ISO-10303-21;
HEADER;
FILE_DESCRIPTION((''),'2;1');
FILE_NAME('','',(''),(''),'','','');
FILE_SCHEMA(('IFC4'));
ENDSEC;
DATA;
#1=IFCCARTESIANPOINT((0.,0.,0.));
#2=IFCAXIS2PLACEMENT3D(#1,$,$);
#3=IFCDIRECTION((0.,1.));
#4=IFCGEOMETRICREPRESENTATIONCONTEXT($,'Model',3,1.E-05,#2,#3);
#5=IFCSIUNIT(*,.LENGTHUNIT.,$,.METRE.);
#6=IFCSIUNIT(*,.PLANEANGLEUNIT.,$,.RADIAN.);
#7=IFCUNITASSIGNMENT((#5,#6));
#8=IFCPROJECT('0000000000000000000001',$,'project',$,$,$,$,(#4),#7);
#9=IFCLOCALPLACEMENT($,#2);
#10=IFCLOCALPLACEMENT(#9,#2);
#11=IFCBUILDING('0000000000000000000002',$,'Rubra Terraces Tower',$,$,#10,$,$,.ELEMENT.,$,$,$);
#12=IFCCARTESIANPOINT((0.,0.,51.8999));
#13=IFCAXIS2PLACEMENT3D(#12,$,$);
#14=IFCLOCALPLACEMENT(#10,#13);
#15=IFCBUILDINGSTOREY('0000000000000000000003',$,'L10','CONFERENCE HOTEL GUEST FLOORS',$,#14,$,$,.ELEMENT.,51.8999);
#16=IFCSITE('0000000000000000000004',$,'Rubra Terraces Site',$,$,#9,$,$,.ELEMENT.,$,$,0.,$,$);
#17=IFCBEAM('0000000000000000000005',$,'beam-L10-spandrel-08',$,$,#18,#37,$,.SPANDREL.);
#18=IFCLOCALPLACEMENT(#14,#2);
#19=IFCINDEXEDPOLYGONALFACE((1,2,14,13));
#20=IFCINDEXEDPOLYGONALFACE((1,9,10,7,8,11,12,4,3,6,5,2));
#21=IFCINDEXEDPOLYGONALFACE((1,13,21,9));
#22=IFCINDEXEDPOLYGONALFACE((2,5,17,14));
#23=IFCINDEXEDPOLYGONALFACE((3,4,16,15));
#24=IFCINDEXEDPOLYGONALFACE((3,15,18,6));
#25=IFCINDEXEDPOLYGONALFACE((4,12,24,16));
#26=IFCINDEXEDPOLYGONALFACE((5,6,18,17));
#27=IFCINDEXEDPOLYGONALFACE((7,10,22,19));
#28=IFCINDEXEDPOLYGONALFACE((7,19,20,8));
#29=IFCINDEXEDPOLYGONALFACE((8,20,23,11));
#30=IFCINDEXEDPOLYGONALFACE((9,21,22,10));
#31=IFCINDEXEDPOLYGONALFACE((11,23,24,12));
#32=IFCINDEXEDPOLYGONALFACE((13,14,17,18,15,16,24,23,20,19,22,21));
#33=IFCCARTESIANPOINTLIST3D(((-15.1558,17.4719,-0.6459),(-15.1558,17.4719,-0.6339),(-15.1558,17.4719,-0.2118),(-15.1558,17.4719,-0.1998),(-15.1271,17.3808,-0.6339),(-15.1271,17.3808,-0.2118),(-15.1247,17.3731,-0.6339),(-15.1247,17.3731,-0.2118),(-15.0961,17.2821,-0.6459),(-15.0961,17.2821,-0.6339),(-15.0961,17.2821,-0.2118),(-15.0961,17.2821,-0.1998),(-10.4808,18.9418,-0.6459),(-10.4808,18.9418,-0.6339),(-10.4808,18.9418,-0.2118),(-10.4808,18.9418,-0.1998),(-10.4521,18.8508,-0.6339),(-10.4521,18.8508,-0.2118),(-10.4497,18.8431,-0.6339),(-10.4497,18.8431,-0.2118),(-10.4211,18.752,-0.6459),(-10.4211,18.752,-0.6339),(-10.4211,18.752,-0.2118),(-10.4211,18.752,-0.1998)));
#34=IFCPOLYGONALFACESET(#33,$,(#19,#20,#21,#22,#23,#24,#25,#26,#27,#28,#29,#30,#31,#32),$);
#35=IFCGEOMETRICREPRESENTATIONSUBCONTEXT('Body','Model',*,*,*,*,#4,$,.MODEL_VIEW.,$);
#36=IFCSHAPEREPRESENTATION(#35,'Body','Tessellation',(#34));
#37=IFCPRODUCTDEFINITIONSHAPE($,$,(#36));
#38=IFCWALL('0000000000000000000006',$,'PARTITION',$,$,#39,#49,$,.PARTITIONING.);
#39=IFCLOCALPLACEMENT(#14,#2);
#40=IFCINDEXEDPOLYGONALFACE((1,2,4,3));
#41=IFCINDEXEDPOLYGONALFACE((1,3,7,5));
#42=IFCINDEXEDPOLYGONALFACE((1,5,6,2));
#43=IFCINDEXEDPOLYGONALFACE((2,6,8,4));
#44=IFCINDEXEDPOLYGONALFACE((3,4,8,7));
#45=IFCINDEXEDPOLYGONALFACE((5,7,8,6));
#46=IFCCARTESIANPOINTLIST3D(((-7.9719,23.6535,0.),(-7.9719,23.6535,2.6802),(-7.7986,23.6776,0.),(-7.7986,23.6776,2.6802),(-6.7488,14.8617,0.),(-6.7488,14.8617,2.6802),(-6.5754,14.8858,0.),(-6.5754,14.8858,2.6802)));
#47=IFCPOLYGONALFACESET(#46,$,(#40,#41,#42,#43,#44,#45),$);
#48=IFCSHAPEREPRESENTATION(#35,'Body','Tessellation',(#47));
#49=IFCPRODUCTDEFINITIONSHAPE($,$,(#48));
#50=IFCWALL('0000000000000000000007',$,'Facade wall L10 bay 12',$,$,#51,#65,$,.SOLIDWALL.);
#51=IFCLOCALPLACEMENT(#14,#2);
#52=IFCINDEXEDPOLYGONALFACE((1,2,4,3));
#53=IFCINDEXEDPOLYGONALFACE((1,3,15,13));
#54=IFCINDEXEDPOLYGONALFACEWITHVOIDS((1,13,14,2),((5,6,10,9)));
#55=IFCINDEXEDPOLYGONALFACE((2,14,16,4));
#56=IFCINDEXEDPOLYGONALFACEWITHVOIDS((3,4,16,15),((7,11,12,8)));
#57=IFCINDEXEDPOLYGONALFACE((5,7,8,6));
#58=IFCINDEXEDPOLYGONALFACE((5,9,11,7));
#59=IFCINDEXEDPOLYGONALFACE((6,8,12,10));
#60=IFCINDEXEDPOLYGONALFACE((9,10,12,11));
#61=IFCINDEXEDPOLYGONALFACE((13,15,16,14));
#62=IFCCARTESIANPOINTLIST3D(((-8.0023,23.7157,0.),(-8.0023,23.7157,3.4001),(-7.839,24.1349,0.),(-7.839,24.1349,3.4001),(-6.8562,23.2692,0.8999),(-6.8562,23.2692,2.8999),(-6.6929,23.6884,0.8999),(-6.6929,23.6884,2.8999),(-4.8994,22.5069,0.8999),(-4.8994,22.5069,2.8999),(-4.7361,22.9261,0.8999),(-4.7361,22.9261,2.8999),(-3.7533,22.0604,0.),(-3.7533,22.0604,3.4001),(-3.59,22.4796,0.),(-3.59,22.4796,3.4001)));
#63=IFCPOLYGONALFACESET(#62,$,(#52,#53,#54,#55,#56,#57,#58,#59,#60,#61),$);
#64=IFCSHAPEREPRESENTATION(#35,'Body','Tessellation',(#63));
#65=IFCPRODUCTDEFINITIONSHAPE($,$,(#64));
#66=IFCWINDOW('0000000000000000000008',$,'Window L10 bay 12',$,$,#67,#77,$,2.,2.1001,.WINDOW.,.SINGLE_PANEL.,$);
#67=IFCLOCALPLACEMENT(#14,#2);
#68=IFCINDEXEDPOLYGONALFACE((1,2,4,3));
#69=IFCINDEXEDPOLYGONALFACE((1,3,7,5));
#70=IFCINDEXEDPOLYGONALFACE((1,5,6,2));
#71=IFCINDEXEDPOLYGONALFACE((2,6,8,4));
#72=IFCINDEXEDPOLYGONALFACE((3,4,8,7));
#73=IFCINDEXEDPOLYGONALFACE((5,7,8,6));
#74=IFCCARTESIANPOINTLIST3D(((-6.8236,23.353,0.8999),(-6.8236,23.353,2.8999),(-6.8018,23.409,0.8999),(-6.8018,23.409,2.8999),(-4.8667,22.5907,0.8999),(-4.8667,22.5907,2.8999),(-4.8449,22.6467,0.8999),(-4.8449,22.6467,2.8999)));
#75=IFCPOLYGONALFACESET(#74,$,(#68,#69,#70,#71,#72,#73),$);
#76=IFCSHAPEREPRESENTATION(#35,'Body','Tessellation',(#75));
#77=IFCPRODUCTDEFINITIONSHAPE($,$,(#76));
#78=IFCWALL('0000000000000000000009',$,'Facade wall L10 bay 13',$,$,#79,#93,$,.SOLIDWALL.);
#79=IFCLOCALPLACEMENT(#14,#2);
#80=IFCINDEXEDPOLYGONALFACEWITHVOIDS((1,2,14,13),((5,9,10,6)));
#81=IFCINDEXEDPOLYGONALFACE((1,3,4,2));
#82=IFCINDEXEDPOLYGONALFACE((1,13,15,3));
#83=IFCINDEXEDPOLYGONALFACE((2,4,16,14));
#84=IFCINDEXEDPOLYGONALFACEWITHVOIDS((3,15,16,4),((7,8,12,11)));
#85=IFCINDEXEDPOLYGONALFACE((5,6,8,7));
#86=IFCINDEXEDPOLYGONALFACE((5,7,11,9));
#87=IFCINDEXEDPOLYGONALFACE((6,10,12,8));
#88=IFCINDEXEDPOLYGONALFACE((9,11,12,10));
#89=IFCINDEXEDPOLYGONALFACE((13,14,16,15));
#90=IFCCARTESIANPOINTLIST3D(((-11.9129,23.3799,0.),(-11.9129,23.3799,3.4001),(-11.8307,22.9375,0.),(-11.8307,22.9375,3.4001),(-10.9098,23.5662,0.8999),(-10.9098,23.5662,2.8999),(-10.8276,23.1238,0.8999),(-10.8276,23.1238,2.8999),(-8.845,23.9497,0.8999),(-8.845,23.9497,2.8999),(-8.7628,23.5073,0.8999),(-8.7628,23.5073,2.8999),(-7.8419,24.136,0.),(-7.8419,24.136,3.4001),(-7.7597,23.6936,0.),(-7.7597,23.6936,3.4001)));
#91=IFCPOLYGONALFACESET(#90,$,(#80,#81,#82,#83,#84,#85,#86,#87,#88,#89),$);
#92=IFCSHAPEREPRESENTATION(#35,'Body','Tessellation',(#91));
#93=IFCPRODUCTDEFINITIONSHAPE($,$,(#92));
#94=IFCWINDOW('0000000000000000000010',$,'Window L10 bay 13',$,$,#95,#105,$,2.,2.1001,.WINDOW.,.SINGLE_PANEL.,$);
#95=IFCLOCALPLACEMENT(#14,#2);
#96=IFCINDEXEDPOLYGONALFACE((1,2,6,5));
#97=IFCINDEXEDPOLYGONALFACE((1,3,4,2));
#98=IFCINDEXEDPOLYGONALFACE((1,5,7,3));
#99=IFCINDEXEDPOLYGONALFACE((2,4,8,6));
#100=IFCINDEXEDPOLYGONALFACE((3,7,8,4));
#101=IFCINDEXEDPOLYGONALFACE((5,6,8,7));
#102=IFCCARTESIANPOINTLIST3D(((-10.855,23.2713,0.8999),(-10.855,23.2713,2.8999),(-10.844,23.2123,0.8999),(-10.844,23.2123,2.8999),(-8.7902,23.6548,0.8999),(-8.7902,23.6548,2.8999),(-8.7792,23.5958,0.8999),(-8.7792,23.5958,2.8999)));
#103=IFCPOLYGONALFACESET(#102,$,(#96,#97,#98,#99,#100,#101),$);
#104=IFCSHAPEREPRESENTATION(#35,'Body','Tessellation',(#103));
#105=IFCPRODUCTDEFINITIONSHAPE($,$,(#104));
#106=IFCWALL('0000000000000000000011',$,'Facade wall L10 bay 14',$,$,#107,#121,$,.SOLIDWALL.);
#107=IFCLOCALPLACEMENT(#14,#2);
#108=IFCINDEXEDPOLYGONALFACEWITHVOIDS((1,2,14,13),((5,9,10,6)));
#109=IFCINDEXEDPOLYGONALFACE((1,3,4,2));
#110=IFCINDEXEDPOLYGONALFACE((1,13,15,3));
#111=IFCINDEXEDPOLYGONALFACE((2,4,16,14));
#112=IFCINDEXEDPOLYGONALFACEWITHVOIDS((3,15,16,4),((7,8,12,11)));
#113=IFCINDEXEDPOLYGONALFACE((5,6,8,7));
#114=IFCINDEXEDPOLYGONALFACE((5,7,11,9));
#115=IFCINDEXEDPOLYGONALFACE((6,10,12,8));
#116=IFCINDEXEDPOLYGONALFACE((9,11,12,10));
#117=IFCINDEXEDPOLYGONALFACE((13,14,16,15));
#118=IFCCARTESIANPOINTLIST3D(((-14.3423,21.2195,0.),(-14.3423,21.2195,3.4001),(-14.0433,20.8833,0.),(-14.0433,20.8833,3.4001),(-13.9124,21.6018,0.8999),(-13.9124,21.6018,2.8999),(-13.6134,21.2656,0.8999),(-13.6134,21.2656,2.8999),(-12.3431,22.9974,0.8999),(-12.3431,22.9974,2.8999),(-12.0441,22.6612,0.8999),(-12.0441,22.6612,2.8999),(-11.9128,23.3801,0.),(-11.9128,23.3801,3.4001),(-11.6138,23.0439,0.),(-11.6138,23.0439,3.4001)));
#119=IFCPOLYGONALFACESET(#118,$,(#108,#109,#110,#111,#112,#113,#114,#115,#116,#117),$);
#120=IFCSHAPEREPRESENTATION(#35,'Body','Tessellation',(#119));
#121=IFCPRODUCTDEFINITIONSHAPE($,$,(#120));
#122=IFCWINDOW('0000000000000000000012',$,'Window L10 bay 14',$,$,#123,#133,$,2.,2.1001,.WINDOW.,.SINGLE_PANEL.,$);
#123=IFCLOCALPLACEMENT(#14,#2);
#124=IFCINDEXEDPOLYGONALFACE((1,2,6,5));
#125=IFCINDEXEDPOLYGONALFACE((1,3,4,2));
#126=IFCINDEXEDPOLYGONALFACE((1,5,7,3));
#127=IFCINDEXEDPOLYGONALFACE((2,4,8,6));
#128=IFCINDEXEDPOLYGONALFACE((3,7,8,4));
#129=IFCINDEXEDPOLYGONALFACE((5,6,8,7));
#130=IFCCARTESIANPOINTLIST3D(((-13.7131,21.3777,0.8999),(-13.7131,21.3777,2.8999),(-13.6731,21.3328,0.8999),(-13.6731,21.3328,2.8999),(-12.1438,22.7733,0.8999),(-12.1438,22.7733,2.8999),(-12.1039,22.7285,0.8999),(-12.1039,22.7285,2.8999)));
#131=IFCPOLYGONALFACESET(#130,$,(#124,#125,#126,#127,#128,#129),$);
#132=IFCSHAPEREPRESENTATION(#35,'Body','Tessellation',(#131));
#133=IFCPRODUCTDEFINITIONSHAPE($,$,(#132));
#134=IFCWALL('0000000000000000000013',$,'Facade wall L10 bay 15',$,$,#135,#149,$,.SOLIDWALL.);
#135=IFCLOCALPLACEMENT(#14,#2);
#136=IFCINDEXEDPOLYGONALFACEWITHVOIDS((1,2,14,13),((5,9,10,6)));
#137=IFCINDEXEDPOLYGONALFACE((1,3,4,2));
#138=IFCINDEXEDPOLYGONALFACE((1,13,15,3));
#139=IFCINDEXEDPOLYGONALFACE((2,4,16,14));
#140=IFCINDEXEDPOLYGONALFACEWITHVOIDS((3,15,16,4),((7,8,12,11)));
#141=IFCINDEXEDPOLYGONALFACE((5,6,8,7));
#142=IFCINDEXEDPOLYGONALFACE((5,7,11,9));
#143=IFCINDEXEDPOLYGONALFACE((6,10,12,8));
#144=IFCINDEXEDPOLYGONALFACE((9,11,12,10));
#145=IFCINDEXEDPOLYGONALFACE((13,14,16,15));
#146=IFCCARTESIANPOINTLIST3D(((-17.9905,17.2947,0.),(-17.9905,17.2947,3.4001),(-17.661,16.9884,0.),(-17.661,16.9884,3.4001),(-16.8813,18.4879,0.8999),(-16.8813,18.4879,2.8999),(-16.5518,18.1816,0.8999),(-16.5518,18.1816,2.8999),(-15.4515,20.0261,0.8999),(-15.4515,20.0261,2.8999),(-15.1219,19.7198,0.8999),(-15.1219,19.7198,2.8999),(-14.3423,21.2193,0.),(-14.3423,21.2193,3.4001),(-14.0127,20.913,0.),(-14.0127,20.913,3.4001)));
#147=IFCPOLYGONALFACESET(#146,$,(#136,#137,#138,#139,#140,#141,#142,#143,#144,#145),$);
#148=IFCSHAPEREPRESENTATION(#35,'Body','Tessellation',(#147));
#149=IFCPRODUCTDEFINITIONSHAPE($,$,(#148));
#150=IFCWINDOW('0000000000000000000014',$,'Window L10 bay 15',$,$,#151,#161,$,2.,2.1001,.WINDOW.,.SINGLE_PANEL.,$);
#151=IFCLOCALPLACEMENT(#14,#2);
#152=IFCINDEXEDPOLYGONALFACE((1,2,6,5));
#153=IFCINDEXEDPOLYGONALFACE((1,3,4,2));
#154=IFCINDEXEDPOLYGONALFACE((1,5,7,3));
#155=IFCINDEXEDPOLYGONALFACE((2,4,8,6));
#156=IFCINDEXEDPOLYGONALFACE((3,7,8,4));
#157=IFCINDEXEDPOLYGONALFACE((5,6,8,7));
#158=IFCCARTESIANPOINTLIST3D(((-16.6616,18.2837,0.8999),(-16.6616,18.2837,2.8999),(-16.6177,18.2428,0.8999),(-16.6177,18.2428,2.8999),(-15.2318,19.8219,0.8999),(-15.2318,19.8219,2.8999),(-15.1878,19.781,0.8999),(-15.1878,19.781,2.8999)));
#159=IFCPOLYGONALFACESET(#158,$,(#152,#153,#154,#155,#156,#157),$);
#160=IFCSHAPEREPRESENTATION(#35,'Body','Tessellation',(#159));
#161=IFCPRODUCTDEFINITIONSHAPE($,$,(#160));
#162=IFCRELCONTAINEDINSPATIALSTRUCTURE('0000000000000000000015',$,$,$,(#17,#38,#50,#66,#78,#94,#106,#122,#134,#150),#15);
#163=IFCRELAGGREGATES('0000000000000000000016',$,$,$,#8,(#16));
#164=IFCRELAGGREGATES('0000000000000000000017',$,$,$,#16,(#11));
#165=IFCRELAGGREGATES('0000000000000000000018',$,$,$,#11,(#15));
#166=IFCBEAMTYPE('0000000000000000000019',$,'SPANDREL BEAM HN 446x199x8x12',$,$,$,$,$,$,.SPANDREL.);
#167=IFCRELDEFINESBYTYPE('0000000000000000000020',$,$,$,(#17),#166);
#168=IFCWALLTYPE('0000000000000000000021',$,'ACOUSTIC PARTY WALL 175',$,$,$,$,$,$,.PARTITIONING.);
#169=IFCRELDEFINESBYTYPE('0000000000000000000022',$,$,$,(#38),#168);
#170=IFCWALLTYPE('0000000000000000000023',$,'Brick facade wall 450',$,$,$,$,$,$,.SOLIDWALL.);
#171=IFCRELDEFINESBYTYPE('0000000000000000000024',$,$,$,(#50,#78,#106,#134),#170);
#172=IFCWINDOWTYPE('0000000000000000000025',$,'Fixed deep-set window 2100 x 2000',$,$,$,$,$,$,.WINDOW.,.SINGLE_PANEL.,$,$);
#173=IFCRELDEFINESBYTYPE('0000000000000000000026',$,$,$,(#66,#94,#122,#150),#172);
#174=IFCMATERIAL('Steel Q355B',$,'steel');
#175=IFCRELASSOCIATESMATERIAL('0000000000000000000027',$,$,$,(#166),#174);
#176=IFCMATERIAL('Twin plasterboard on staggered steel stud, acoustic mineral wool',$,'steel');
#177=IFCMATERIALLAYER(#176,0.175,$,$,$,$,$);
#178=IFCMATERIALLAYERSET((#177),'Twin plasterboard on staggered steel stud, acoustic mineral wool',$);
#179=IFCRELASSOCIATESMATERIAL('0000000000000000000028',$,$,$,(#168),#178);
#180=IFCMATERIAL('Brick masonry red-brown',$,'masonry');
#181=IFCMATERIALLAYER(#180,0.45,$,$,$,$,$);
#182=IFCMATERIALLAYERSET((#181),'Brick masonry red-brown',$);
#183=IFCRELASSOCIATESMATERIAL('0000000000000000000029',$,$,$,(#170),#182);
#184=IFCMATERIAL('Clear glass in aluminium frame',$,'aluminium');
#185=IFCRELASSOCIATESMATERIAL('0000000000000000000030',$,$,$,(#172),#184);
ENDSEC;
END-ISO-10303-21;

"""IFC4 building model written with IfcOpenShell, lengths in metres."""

from ifc_helpers import new_model, si_unit, direction, frame, frame_2d, origin, origin_2d, place, context, subcontext, project, spatial, rectangle, i_section, extrude, material, layer, layer_set, material_profile, profile_set, type_object, element, fill, save


model = new_model("IFC4")

# Units and contexts
model_context = context("Model", 3, precision=1e-05, world=origin(), true_north=direction((0.0, 1.0)))
body_context = subcontext(model_context, "Body", "Model", "MODEL_VIEW")
ifc_project = project(units=[si_unit("LENGTHUNIT", "METRE"), si_unit("PLANEANGLEUNIT", "RADIAN")], contexts=[model_context])

# Site, building, storey
site_placement = place(None, origin())
site = spatial("IfcSite", under=ifc_project, at=site_placement, Name="Rubra Terraces Site", CompositionType="ELEMENT", RefElevation=0.0)
building_placement = place(site_placement, origin())
building = spatial("IfcBuilding", under=site, at=building_placement, Name="Rubra Terraces Tower", CompositionType="ELEMENT")
storey_placement = place(building_placement, frame((0.0, 0.0, 51.8999)))
storey = spatial("IfcBuildingStorey", under=building, at=storey_placement, Name="L10", Description="CONFERENCE HOTEL GUEST FLOORS", CompositionType="ELEMENT", Elevation=51.8999)

# Beam
ifc_material_1 = material(Name="Steel Q355B", Category="steel")
ifc_material_profile_1 = material_profile(ifc_material_1, i_section(OverallWidth=0.199, OverallDepth=0.446, WebThickness=0.0081, FlangeThickness=0.012, at=origin_2d()), Name="HN 446x199x8x12")
ifc_profile_set_1 = profile_set([ifc_material_profile_1], Name="Steel Q355B")
beam_type_1 = type_object("IfcBeamType", Name="SPANDREL BEAM HN 446x199x8x12", PredefinedType="SPANDREL", material=ifc_profile_set_1)
beam_1_placement = place(storey_placement, frame((-10.4509, 18.8469, -0.4229), z_axis=(-0.953955, -0.299951, 0.0), x_axis=(0.299951, -0.953955, 0.0)))
element("IfcBeam", 1, at=beam_1_placement, inside=storey, type_object=beam_type_1, Name="beam-L10-spandrel-08", PredefinedType="SPANDREL", context=body_context, shape_type="SweptSolid", body=[
    extrude(i_section(OverallWidth=0.199, OverallDepth=0.446, WebThickness=0.0081, FlangeThickness=0.012, at=origin_2d()), origin(), (0.0, 0.0, 1.0), 4.9006),
])

# Wall
ifc_material_2 = material(Name="Twin plasterboard on staggered steel stud, acoustic mineral wool", Category="steel")
ifc_layer_1 = layer(ifc_material_2, 0.175)
ifc_layer_set_1 = layer_set([ifc_layer_1], Name="Twin plasterboard on staggered steel stud, acoustic mineral wool")
wall_type_1 = type_object("IfcWallType", Name="ACOUSTIC PARTY WALL 175", PredefinedType="PARTITIONING", material=ifc_layer_set_1)
wall_1_placement = place(storey_placement, frame((-7.8853, 23.6655, 0.0), z_axis=(0.0, 0.0, 1.0), x_axis=(0.137797, -0.99046, 0.0)))
element("IfcWall", 2, at=wall_1_placement, inside=storey, type_object=wall_type_1, Name="PARTITION", PredefinedType="PARTITIONING", context=body_context, shape_type="SweptSolid", body=[
    extrude(rectangle(XDim=8.8765, YDim=0.175, at=frame_2d((4.4382, 0.0))), origin(), (0.0, 0.0, 1.0), 2.6802),
])

# Walls, openings, windows
ifc_material_3 = material(Name="Brick masonry red-brown", Category="masonry")
ifc_layer_2 = layer(ifc_material_3, 0.45)
ifc_layer_set_2 = layer_set([ifc_layer_2], Name="Brick masonry red-brown")
wall_type_2 = type_object("IfcWallType", Name="Brick facade wall 450", PredefinedType="SOLIDWALL", material=ifc_layer_set_2)
wall_2_placement = place(storey_placement, frame((-3.6716, 22.27, 0.0), z_axis=(0.0, 0.0, 1.0), x_axis=(-0.931792, 0.362994, 0.0)))
wall_2 = element("IfcWall", 3, at=wall_2_placement, inside=storey, type_object=wall_type_2, Name="Facade wall L10 bay 12", PredefinedType="SOLIDWALL", context=body_context, shape_type="SweptSolid", body=[
    extrude(rectangle(XDim=4.5601, YDim=0.45, at=frame_2d((2.28, 0.0))), origin(), (0.0, 0.0, 1.0), 3.4001),
])
opening_1_placement = place(wall_2_placement, frame((1.23, 0.0, 0.8999)))
opening_1 = element("IfcOpeningElement", 4, at=opening_1_placement, cuts=wall_2, PredefinedType="OPENING", context=body_context, shape_type="SweptSolid", body=[
    extrude(rectangle(XDim=2.1001, YDim=2.0, at=frame_2d((1.05, 1.0))), frame((0.0, 0.2349, 0.0), z_axis=(0.0, -1.0, 0.0), x_axis=(1.0, 0.0, 0.0)), (0.0, 0.0, 1.0), 0.47),
])
ifc_material_4 = material(Name="Clear glass in aluminium frame", Category="aluminium")
window_type = type_object("IfcWindowType", Name="Fixed deep-set window 2100 x 2000", PartitioningType="SINGLE_PANEL", PredefinedType="WINDOW", material=ifc_material_4)
window_1_placement = place(opening_1_placement, origin())
window_1 = element("IfcWindow", 5, at=window_1_placement, inside=storey, type_object=window_type, Name="Window L10 bay 12", OverallHeight=2.0, OverallWidth=2.1001, PartitioningType="SINGLE_PANEL", PredefinedType="WINDOW", context=body_context, shape_type="SweptSolid", body=[
    extrude(rectangle(XDim=2.1001, YDim=2.0, at=frame_2d((1.05, 1.0))), frame((0.0, 0.135, 0.0), z_axis=(0.0, -1.0, 0.0), x_axis=(1.0, 0.0, 0.0)), (0.0, 0.0, 1.0), 0.0601),
])
fill(opening_1, window_1)
wall_3_placement = place(storey_placement, frame((-7.8008, 23.9148, 0.0), z_axis=(0.0, 0.0, 1.0), x_axis=(-0.983186, -0.182604, 0.0)))
wall_3 = element("IfcWall", 6, at=wall_3_placement, inside=storey, type_object=wall_type_2, Name="Facade wall L10 bay 13", PredefinedType="SOLIDWALL", context=body_context, shape_type="SweptSolid", body=[
    extrude(rectangle(XDim=4.1406, YDim=0.45, at=frame_2d((2.0703, 0.0))), origin(), (0.0, 0.0, 1.0), 3.4001),
])
opening_2_placement = place(wall_3_placement, frame((1.0203, 0.0, 0.8999)))
opening_2 = element("IfcOpeningElement", 7, at=opening_2_placement, cuts=wall_3, PredefinedType="OPENING", context=body_context, shape_type="SweptSolid", body=[
    extrude(rectangle(XDim=2.1001, YDim=2.0, at=frame_2d((1.05, 1.0))), frame((0.0, 0.2349, 0.0), z_axis=(0.0, -1.0, 0.0), x_axis=(1.0, 0.0, 0.0)), (0.0, 0.0, 1.0), 0.47),
])
window_2_placement = place(opening_2_placement, origin())
window_2 = element("IfcWindow", 8, at=window_2_placement, inside=storey, type_object=window_type, Name="Window L10 bay 13", OverallHeight=2.0, OverallWidth=2.1001, PartitioningType="SINGLE_PANEL", PredefinedType="WINDOW", context=body_context, shape_type="SweptSolid", body=[
    extrude(rectangle(XDim=2.1001, YDim=2.0, at=frame_2d((1.05, 1.0))), frame((0.0, 0.135, 0.0), z_axis=(0.0, -1.0, 0.0), x_axis=(1.0, 0.0, 0.0)), (0.0, 0.0, 1.0), 0.0601),
])
fill(opening_2, window_2)
wall_4_placement = place(storey_placement, frame((-11.7634, 23.2119, 0.0), z_axis=(0.0, 0.0, 1.0), x_axis=(-0.747235, -0.66456, 0.0)))
wall_4 = element("IfcWall", 9, at=wall_4_placement, inside=storey, type_object=wall_type_2, Name="Facade wall L10 bay 14", PredefinedType="SOLIDWALL", context=body_context, shape_type="SweptSolid", body=[
    extrude(rectangle(XDim=3.2512, YDim=0.45, at=frame_2d((1.6255, 0.0))), origin(), (0.0, 0.0, 1.0), 3.4001),
])
opening_3_placement = place(wall_4_placement, frame((0.5757, 0.0, 0.8999)))
opening_3 = element("IfcOpeningElement", 10, at=opening_3_placement, cuts=wall_4, PredefinedType="OPENING", context=body_context, shape_type="SweptSolid", body=[
    extrude(rectangle(XDim=2.1001, YDim=2.0, at=frame_2d((1.05, 1.0))), frame((0.0, 0.2349, 0.0), z_axis=(0.0, -1.0, 0.0), x_axis=(1.0, 0.0, 0.0)), (0.0, 0.0, 1.0), 0.47),
])
window_3_placement = place(opening_3_placement, origin())
window_3 = element("IfcWindow", 11, at=window_3_placement, inside=storey, type_object=window_type, Name="Window L10 bay 14", OverallHeight=2.0, OverallWidth=2.1001, PartitioningType="SINGLE_PANEL", PredefinedType="WINDOW", context=body_context, shape_type="SweptSolid", body=[
    extrude(rectangle(XDim=2.1001, YDim=2.0, at=frame_2d((1.05, 1.0))), frame((0.0, 0.135, 0.0), z_axis=(0.0, -1.0, 0.0), x_axis=(1.0, 0.0, 0.0)), (0.0, 0.0, 1.0), 0.0601),
])
fill(opening_3, window_3)
wall_5_placement = place(storey_placement, frame((-14.1775, 21.0662, 0.0), z_axis=(0.0, 0.0, 1.0), x_axis=(-0.680848, -0.732425, 0.0)))
wall_5 = element("IfcWall", 12, at=wall_5_placement, inside=storey, type_object=wall_type_2, Name="Facade wall L10 bay 15", PredefinedType="SOLIDWALL", context=body_context, shape_type="SweptSolid", body=[
    extrude(rectangle(XDim=5.3584, YDim=0.45, at=frame_2d((2.6792, 0.0))), origin(), (0.0, 0.0, 1.0), 3.4001),
])
opening_4_placement = place(wall_5_placement, frame((1.6292, 0.0, 0.8999)))
opening_4 = element("IfcOpeningElement", 13, at=opening_4_placement, cuts=wall_5, PredefinedType="OPENING", context=body_context, shape_type="SweptSolid", body=[
    extrude(rectangle(XDim=2.1001, YDim=2.0, at=frame_2d((1.05, 1.0))), frame((0.0, 0.2349, 0.0), z_axis=(0.0, -1.0, 0.0), x_axis=(1.0, 0.0, 0.0)), (0.0, 0.0, 1.0), 0.47),
])
window_4_placement = place(opening_4_placement, origin())
window_4 = element("IfcWindow", 14, at=window_4_placement, inside=storey, type_object=window_type, Name="Window L10 bay 15", OverallHeight=2.0, OverallWidth=2.1001, PartitioningType="SINGLE_PANEL", PredefinedType="WINDOW", context=body_context, shape_type="SweptSolid", body=[
    extrude(rectangle(XDim=2.1001, YDim=2.0, at=frame_2d((1.05, 1.0))), frame((0.0, 0.135, 0.0), z_axis=(0.0, -1.0, 0.0), x_axis=(1.0, 0.0, 0.0)), (0.0, 0.0, 1.0), 0.0601),
])
fill(opening_4, window_4)

save(model, "model.ifc")
